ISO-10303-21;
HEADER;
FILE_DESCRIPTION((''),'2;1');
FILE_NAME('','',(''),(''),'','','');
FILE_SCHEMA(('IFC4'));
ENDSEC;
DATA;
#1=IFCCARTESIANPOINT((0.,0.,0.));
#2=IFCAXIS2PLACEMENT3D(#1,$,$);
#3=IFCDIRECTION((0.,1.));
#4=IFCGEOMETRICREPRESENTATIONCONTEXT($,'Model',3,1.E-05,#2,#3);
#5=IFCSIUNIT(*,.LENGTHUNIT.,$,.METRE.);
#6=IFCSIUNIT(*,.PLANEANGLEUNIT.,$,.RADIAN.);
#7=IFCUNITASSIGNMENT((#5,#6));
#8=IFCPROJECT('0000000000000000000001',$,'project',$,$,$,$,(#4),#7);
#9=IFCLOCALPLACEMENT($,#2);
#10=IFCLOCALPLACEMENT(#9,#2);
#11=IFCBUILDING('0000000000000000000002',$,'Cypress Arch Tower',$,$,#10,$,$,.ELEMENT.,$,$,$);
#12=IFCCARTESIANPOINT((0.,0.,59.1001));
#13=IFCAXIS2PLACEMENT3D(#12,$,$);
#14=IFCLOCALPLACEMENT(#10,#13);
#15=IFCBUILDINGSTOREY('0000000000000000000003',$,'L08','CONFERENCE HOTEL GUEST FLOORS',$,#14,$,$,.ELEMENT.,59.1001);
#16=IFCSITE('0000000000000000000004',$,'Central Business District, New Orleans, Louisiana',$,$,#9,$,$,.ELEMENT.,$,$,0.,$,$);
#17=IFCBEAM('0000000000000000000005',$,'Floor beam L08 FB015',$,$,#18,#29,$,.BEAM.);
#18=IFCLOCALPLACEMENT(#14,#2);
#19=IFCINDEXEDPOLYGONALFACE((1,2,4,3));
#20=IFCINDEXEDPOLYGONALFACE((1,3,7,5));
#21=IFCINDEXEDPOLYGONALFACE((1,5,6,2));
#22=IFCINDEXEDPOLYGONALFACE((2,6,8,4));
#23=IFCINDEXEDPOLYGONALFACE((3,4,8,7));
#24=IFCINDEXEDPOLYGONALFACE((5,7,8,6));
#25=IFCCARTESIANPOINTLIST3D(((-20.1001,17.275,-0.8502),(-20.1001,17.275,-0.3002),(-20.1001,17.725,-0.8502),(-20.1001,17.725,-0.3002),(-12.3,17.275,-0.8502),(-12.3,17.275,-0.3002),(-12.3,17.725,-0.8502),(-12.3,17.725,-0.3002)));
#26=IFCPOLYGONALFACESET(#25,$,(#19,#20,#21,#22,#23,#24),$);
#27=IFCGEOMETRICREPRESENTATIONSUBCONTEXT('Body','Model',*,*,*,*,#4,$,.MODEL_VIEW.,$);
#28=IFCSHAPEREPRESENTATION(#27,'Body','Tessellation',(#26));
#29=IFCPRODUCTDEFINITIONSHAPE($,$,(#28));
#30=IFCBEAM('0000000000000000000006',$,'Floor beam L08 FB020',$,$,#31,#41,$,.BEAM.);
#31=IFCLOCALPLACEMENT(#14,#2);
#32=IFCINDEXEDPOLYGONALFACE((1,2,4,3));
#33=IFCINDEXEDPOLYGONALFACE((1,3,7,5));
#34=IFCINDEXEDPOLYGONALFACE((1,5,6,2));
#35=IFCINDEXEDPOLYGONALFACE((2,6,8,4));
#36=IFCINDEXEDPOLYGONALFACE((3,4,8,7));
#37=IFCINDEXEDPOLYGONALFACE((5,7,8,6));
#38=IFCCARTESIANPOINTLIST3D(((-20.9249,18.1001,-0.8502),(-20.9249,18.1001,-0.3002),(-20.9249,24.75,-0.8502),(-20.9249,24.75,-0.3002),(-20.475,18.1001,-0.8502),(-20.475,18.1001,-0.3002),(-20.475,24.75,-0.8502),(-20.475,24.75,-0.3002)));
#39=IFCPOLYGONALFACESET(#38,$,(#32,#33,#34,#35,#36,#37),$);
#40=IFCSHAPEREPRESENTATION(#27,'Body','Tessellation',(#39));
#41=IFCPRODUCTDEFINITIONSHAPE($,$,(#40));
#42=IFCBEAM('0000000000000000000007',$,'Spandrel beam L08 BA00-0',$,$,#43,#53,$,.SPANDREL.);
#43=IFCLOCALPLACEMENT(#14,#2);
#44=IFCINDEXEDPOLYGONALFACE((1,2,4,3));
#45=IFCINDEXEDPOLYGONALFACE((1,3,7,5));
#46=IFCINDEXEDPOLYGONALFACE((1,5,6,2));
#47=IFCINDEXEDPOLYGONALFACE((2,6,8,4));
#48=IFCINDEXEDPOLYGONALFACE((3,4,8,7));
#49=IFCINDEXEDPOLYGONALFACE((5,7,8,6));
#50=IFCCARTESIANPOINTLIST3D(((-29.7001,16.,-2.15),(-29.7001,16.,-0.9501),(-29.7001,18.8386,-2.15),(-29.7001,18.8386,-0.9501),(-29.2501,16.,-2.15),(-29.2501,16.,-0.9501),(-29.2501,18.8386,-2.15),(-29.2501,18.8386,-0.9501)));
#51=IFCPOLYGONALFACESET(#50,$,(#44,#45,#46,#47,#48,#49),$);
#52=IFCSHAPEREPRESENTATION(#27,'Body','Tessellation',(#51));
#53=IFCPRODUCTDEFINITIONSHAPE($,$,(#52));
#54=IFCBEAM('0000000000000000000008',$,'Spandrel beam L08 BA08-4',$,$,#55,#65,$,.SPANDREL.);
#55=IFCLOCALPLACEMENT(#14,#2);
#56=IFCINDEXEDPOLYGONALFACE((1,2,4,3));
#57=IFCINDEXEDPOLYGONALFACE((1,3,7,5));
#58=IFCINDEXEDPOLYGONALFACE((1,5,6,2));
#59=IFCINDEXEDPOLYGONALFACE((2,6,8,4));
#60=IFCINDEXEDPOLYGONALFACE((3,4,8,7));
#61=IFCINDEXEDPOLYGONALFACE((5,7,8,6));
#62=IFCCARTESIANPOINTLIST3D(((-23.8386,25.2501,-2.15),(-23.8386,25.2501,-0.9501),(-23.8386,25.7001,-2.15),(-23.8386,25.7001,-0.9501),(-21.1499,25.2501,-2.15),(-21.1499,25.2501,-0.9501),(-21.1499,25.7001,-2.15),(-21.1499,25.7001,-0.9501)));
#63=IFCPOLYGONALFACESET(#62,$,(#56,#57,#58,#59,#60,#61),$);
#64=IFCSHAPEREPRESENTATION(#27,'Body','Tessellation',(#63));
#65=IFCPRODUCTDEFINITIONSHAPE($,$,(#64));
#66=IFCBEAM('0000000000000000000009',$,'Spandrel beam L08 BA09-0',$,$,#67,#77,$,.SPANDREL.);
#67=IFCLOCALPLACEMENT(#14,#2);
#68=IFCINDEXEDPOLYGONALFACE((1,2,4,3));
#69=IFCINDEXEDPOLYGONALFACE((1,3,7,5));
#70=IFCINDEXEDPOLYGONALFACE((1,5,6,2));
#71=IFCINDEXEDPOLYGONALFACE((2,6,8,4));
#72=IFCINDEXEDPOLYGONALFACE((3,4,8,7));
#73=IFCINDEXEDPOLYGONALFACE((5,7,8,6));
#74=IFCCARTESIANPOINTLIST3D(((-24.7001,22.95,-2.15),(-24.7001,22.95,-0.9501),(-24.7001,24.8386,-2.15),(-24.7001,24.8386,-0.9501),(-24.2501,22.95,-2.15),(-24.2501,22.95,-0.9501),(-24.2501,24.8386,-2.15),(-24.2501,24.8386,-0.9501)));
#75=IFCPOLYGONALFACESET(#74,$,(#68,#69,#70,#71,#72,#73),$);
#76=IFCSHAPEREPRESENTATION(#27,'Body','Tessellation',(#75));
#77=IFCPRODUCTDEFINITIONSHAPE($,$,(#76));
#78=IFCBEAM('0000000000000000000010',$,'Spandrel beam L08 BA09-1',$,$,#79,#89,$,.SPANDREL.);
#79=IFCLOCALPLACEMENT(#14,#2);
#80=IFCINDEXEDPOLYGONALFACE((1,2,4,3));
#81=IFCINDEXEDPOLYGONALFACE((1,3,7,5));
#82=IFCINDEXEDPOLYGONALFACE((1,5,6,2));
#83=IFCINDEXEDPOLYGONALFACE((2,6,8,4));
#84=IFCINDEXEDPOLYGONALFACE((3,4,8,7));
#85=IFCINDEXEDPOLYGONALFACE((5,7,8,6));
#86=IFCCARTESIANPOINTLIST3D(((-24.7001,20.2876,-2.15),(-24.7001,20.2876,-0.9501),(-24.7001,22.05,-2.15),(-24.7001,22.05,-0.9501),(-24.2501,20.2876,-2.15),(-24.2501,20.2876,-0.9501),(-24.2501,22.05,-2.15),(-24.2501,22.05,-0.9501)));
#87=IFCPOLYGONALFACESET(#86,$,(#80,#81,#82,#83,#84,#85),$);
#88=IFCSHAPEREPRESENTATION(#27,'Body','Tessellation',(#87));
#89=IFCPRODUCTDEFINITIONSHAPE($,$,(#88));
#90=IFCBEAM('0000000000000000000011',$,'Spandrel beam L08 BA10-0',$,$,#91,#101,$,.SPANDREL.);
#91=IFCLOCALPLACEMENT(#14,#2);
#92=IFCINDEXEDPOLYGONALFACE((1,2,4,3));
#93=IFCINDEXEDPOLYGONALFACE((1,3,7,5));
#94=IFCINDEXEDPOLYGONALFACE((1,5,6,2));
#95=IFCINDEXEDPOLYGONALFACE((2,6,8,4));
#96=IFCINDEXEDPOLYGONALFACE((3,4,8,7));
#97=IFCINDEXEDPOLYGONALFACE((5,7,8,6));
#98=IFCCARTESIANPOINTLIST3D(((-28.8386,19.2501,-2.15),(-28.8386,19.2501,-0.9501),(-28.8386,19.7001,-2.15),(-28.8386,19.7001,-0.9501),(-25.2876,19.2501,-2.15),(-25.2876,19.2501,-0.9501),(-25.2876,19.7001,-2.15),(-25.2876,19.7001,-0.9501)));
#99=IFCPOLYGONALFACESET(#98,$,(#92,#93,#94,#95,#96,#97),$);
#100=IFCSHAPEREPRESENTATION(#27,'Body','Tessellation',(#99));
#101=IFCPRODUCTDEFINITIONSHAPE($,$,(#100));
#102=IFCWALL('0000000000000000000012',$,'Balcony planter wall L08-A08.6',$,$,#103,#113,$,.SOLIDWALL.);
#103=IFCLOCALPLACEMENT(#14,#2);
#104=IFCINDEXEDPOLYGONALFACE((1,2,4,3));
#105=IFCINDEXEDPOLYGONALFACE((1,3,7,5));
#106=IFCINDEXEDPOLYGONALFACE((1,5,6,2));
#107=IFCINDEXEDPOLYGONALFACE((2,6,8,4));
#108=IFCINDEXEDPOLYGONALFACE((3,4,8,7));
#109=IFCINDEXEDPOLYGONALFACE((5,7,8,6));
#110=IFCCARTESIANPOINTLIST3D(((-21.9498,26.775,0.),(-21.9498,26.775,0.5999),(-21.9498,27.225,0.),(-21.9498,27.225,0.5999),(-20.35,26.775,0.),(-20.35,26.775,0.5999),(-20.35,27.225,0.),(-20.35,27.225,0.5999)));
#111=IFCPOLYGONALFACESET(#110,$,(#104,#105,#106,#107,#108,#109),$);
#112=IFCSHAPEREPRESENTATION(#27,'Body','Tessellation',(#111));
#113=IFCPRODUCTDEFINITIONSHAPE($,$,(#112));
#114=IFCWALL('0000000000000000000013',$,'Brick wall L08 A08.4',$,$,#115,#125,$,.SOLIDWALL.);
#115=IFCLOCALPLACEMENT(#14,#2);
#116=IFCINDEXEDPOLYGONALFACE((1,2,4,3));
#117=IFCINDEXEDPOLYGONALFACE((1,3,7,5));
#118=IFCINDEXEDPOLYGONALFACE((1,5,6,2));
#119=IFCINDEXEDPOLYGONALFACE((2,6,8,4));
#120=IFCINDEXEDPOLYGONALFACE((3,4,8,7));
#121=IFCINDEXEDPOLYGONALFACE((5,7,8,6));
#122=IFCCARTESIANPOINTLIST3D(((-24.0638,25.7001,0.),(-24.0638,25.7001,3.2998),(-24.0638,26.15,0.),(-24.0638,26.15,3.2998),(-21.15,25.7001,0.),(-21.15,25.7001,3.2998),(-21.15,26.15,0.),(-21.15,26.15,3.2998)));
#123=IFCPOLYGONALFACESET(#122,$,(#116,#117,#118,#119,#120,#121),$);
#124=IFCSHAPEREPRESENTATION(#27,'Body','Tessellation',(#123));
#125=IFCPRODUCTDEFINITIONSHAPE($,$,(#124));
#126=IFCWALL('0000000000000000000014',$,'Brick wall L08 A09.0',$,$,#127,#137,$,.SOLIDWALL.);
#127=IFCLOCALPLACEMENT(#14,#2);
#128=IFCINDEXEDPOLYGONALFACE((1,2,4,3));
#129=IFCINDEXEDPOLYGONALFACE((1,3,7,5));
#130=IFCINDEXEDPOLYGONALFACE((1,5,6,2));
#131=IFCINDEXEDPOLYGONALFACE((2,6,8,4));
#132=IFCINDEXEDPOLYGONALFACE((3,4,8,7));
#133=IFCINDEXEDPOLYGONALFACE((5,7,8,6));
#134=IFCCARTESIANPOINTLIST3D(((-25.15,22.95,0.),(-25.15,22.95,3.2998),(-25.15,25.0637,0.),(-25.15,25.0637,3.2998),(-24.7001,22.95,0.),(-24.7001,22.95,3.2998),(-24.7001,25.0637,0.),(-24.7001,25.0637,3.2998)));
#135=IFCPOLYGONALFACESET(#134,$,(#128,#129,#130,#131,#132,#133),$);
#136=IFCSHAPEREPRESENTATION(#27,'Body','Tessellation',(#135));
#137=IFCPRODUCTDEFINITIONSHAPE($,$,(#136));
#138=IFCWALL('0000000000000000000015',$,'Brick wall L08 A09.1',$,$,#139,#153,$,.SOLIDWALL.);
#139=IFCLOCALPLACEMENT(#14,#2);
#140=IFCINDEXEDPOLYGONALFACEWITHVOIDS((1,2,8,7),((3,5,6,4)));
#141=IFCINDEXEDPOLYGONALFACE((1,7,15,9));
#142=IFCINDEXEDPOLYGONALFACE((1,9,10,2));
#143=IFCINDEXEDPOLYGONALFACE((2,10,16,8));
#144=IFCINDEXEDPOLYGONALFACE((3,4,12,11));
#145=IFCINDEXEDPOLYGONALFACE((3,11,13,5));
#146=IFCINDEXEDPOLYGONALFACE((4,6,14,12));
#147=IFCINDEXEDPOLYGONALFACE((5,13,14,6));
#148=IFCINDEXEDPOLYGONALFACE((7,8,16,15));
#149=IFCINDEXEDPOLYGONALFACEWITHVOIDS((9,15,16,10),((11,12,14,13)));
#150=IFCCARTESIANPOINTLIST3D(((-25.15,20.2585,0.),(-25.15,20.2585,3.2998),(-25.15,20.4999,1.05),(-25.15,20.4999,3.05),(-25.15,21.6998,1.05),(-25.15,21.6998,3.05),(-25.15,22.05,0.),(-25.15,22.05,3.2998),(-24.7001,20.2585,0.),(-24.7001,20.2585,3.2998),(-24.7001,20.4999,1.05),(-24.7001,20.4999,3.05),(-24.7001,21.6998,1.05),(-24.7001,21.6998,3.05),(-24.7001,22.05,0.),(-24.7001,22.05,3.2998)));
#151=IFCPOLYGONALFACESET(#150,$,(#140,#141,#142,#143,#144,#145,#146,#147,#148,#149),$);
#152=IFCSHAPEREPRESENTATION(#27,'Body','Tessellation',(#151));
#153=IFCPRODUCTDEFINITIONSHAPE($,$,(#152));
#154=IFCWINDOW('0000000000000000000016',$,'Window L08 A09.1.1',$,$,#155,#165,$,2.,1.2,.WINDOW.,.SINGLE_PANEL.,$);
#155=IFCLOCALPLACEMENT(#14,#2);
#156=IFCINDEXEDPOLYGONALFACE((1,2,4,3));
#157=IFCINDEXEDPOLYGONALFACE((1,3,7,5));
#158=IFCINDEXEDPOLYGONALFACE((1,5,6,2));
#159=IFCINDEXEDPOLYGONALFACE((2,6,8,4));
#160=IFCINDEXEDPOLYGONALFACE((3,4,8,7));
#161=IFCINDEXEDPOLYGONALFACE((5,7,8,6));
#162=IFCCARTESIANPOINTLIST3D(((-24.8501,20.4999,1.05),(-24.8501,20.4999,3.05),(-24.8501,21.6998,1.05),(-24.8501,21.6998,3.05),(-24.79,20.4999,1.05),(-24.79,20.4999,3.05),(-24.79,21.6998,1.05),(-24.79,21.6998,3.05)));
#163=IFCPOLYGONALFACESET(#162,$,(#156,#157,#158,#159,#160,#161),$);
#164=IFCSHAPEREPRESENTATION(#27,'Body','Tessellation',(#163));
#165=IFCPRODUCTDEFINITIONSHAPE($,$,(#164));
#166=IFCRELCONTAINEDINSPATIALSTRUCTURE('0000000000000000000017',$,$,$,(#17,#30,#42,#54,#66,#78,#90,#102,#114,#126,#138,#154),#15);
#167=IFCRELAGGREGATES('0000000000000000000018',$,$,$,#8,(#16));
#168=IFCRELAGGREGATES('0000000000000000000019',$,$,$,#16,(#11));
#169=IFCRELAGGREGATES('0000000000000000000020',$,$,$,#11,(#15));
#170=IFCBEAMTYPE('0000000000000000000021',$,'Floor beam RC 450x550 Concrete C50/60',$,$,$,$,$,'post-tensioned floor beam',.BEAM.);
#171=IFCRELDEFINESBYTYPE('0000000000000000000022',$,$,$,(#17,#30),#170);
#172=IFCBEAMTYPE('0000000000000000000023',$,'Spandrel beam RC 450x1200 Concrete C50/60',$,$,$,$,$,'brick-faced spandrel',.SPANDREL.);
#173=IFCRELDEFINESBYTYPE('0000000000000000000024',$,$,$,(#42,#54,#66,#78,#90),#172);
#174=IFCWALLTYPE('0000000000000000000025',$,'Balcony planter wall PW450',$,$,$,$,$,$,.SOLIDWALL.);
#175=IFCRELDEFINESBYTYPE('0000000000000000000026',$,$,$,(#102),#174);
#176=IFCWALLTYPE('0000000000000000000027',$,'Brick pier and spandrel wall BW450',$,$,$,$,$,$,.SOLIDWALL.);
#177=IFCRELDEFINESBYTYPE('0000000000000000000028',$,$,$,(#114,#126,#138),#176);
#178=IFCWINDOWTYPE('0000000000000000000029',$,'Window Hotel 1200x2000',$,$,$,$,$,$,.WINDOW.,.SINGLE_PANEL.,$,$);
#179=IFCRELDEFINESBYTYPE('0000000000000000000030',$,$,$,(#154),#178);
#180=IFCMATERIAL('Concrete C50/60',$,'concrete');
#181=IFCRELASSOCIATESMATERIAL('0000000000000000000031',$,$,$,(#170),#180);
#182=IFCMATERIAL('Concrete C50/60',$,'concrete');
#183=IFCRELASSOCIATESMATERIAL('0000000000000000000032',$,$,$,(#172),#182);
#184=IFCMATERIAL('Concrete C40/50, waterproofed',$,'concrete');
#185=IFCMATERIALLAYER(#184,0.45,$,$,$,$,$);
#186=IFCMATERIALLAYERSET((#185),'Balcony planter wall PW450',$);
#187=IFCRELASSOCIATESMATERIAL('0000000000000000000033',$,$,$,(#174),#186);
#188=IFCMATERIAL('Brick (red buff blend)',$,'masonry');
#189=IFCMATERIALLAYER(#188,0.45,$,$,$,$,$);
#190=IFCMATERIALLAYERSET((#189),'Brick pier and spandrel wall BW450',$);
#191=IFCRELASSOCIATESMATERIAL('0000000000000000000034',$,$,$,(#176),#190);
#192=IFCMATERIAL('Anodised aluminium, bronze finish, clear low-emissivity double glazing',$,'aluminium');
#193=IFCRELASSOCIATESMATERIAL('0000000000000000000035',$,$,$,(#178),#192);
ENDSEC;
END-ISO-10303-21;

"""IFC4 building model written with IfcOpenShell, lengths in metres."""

from ifc_helpers import new_model, si_unit, direction, frame, frame_2d, origin, origin_2d, place, context, subcontext, project, spatial, rectangle, extrude, material, layer, layer_set, material_profile, profile_set, type_object, element, fill, save


model = new_model("IFC4")

# Units and contexts
model_context = context("Model", 3, precision=1e-05, world=origin(), true_north=direction((0.0, 1.0)))
body_context = subcontext(model_context, "Body", "Model", "MODEL_VIEW")
ifc_project = project(units=[si_unit("LENGTHUNIT", "METRE"), si_unit("PLANEANGLEUNIT", "RADIAN")], contexts=[model_context])

# Site, building, storey
site_placement = place(None, origin())
site = spatial("IfcSite", under=ifc_project, at=site_placement, Name="Central Business District, New Orleans, Louisiana", CompositionType="ELEMENT", RefElevation=0.0)
building_placement = place(site_placement, origin())
building = spatial("IfcBuilding", under=site, at=building_placement, Name="Cypress Arch Tower", CompositionType="ELEMENT")
storey_placement = place(building_placement, frame((0.0, 0.0, 59.1001)))
storey = spatial("IfcBuildingStorey", under=building, at=storey_placement, Name="L08", Description="CONFERENCE HOTEL GUEST FLOORS", CompositionType="ELEMENT", Elevation=59.1001)

# Beams
ifc_material_1 = material(Name="Concrete C50/60", Category="concrete")
ifc_material_profile_1 = material_profile(ifc_material_1, rectangle(XDim=0.45, YDim=0.55, at=origin_2d()), Name="RC 450x550")
ifc_profile_set_1 = profile_set([ifc_material_profile_1], Name="Concrete C50/60")
beam_type_1 = type_object("IfcBeamType", Name="Floor beam RC 450x550 Concrete C50/60", ElementType="post-tensioned floor beam", PredefinedType="BEAM", material=ifc_profile_set_1)
beam_1_placement = place(storey_placement, frame((-20.1001, 17.5, -0.5752), z_axis=(1.0, 0.0, 0.0), x_axis=(0.0, 1.0, 0.0)))
element("IfcBeam", 1, at=beam_1_placement, inside=storey, type_object=beam_type_1, Name="Floor beam L08 FB015", PredefinedType="BEAM", context=body_context, shape_type="SweptSolid", body=[
    extrude(rectangle(XDim=0.45, YDim=0.55, at=origin_2d()), origin(), (0.0, 0.0, 1.0), 7.8),
])
beam_2_placement = place(storey_placement, frame((-20.7, 18.1001, -0.5752), z_axis=(0.0, 1.0, 0.0), x_axis=(-1.0, 0.0, 0.0)))
element("IfcBeam", 2, at=beam_2_placement, inside=storey, type_object=beam_type_1, Name="Floor beam L08 FB020", PredefinedType="BEAM", context=body_context, shape_type="SweptSolid", body=[
    extrude(rectangle(XDim=0.45, YDim=0.55, at=origin_2d()), origin(), (0.0, 0.0, 1.0), 6.6499),
])
ifc_material_2 = material(Name="Concrete C50/60", Category="concrete")
ifc_material_profile_2 = material_profile(ifc_material_2, rectangle(XDim=0.45, YDim=1.2, at=origin_2d()), Name="RC 450x1200")
ifc_profile_set_2 = profile_set([ifc_material_profile_2], Name="Concrete C50/60")
beam_type_2 = type_object("IfcBeamType", Name="Spandrel beam RC 450x1200 Concrete C50/60", ElementType="brick-faced spandrel", PredefinedType="SPANDREL", material=ifc_profile_set_2)
beam_3_placement = place(storey_placement, frame((-29.4751, 18.8386, -1.55), z_axis=(0.0, -1.0, 0.0), x_axis=(1.0, 0.0, 0.0)))
element("IfcBeam", 3, at=beam_3_placement, inside=storey, type_object=beam_type_2, Name="Spandrel beam L08 BA00-0", PredefinedType="SPANDREL", context=body_context, shape_type="SweptSolid", body=[
    extrude(rectangle(XDim=0.45, YDim=1.2, at=origin_2d()), origin(), (0.0, 0.0, 1.0), 2.8386),
])
beam_4_placement = place(storey_placement, frame((-21.1499, 25.4751, -1.55), z_axis=(-1.0, 0.0, 0.0), x_axis=(0.0, -1.0, 0.0)))
element("IfcBeam", 4, at=beam_4_placement, inside=storey, type_object=beam_type_2, Name="Spandrel beam L08 BA08-4", PredefinedType="SPANDREL", context=body_context, shape_type="SweptSolid", body=[
    extrude(rectangle(XDim=0.45, YDim=1.2, at=origin_2d()), origin(), (0.0, 0.0, 1.0), 2.6887),
])
beam_5_placement = place(storey_placement, frame((-24.4751, 24.8386, -1.55), z_axis=(0.0, -1.0, 0.0), x_axis=(1.0, 0.0, 0.0)))
element("IfcBeam", 5, at=beam_5_placement, inside=storey, type_object=beam_type_2, Name="Spandrel beam L08 BA09-0", PredefinedType="SPANDREL", context=body_context, shape_type="SweptSolid", body=[
    extrude(rectangle(XDim=0.45, YDim=1.2, at=origin_2d()), origin(), (0.0, 0.0, 1.0), 1.8887),
])
beam_6_placement = place(storey_placement, frame((-24.4751, 22.05, -1.55), z_axis=(0.0, -1.0, 0.0), x_axis=(1.0, 0.0, 0.0)))
element("IfcBeam", 6, at=beam_6_placement, inside=storey, type_object=beam_type_2, Name="Spandrel beam L08 BA09-1", PredefinedType="SPANDREL", context=body_context, shape_type="SweptSolid", body=[
    extrude(rectangle(XDim=0.45, YDim=1.2, at=origin_2d()), origin(), (0.0, 0.0, 1.0), 1.7625),
])
beam_7_placement = place(storey_placement, frame((-25.2876, 19.4751, -1.55), z_axis=(-1.0, 0.0, 0.0), x_axis=(0.0, -1.0, 0.0)))
element("IfcBeam", 7, at=beam_7_placement, inside=storey, type_object=beam_type_2, Name="Spandrel beam L08 BA10-0", PredefinedType="SPANDREL", context=body_context, shape_type="SweptSolid", body=[
    extrude(rectangle(XDim=0.45, YDim=1.2, at=origin_2d()), origin(), (0.0, 0.0, 1.0), 3.551),
])

# Wall
ifc_material_3 = material(Name="Concrete C40/50, waterproofed", Category="concrete")
ifc_layer_1 = layer(ifc_material_3, 0.45)
ifc_layer_set_1 = layer_set([ifc_layer_1], Name="Balcony planter wall PW450")
wall_type_1 = type_object("IfcWallType", Name="Balcony planter wall PW450", PredefinedType="SOLIDWALL", material=ifc_layer_set_1)
wall_1_placement = place(storey_placement, frame((-20.3501, 27.0, 0.0), z_axis=(0.0, 0.0, 1.0), x_axis=(-1.0, 0.0, 0.0)))
element("IfcWall", 8, at=wall_1_placement, inside=storey, type_object=wall_type_1, Name="Balcony planter wall L08-A08.6", PredefinedType="SOLIDWALL", context=body_context, shape_type="SweptSolid", body=[
    extrude(rectangle(XDim=1.5999, YDim=0.45, at=frame_2d((0.7998, 0.0))), origin(), (0.0, 0.0, 1.0), 0.5999),
])

# Shared definitions
ifc_material_4 = material(Name="Brick (red buff blend)", Category="masonry")
ifc_layer_2 = layer(ifc_material_4, 0.45)
ifc_layer_set_2 = layer_set([ifc_layer_2], Name="Brick pier and spandrel wall BW450")
wall_type_2 = type_object("IfcWallType", Name="Brick pier and spandrel wall BW450", PredefinedType="SOLIDWALL", material=ifc_layer_set_2)

# Walls
wall_2_placement = place(storey_placement, frame((-21.1499, 25.925, 0.0), z_axis=(0.0, 0.0, 1.0), x_axis=(-1.0, 0.0, 0.0)))
element("IfcWall", 9, at=wall_2_placement, inside=storey, type_object=wall_type_2, Name="Brick wall L08 A08.4", PredefinedType="SOLIDWALL", context=body_context, shape_type="SweptSolid", body=[
    extrude(rectangle(XDim=2.9138, YDim=0.45, at=frame_2d((1.457, 0.0))), origin(), (0.0, 0.0, 1.0), 3.2998),
])
wall_3_placement = place(storey_placement, frame((-24.925, 25.0637, 0.0), z_axis=(0.0, 0.0, 1.0), x_axis=(0.0, -1.0, 0.0)))
element("IfcWall", 10, at=wall_3_placement, inside=storey, type_object=wall_type_2, Name="Brick wall L08 A09.0", PredefinedType="SOLIDWALL", context=body_context, shape_type="SweptSolid", body=[
    extrude(rectangle(XDim=2.1138, YDim=0.45, at=frame_2d((1.0569, 0.0))), origin(), (0.0, 0.0, 1.0), 3.2998),
])

# Wall, opening, window
wall_4_placement = place(storey_placement, frame((-24.925, 22.05, 0.0), z_axis=(0.0, 0.0, 1.0), x_axis=(0.0, -1.0, 0.0)))
wall_4 = element("IfcWall", 11, at=wall_4_placement, inside=storey, type_object=wall_type_2, Name="Brick wall L08 A09.1", PredefinedType="SOLIDWALL", context=body_context, shape_type="SweptSolid", body=[
    extrude(rectangle(XDim=1.7915, YDim=0.45, at=frame_2d((0.8958, 0.0))), origin(), (0.0, 0.0, 1.0), 3.2998),
])
opening_1_placement = place(wall_4_placement, frame((0.3501, 0.0, 1.05)))
opening_1 = element("IfcOpeningElement", 12, at=opening_1_placement, cuts=wall_4, PredefinedType="OPENING", context=body_context, shape_type="SweptSolid", body=[
    extrude(rectangle(XDim=1.2, YDim=2.0, at=frame_2d((0.6001, 1.0))), frame((0.0, 0.2349, 0.0), z_axis=(0.0, -1.0, 0.0), x_axis=(1.0, 0.0, 0.0)), (0.0, 0.0, 1.0), 0.47),
])
ifc_material_5 = material(Name="Anodised aluminium, bronze finish, clear low-emissivity double glazing", Category="aluminium")
window_type_1 = type_object("IfcWindowType", Name="Window Hotel 1200x2000", PartitioningType="SINGLE_PANEL", PredefinedType="WINDOW", material=ifc_material_5)
window_1_placement = place(opening_1_placement, origin())
window_1 = element("IfcWindow", 13, at=window_1_placement, inside=storey, type_object=window_type_1, Name="Window L08 A09.1.1", OverallHeight=2.0, OverallWidth=1.2, PartitioningType="SINGLE_PANEL", PredefinedType="WINDOW", context=body_context, shape_type="SweptSolid", body=[
    extrude(rectangle(XDim=1.2, YDim=2.0, at=frame_2d((0.6001, 1.0))), frame((0.0, 0.135, 0.0), z_axis=(0.0, -1.0, 0.0), x_axis=(1.0, 0.0, 0.0)), (0.0, 0.0, 1.0), 0.0601),
])
fill(opening_1, window_1)

save(model, "model.ifc")
